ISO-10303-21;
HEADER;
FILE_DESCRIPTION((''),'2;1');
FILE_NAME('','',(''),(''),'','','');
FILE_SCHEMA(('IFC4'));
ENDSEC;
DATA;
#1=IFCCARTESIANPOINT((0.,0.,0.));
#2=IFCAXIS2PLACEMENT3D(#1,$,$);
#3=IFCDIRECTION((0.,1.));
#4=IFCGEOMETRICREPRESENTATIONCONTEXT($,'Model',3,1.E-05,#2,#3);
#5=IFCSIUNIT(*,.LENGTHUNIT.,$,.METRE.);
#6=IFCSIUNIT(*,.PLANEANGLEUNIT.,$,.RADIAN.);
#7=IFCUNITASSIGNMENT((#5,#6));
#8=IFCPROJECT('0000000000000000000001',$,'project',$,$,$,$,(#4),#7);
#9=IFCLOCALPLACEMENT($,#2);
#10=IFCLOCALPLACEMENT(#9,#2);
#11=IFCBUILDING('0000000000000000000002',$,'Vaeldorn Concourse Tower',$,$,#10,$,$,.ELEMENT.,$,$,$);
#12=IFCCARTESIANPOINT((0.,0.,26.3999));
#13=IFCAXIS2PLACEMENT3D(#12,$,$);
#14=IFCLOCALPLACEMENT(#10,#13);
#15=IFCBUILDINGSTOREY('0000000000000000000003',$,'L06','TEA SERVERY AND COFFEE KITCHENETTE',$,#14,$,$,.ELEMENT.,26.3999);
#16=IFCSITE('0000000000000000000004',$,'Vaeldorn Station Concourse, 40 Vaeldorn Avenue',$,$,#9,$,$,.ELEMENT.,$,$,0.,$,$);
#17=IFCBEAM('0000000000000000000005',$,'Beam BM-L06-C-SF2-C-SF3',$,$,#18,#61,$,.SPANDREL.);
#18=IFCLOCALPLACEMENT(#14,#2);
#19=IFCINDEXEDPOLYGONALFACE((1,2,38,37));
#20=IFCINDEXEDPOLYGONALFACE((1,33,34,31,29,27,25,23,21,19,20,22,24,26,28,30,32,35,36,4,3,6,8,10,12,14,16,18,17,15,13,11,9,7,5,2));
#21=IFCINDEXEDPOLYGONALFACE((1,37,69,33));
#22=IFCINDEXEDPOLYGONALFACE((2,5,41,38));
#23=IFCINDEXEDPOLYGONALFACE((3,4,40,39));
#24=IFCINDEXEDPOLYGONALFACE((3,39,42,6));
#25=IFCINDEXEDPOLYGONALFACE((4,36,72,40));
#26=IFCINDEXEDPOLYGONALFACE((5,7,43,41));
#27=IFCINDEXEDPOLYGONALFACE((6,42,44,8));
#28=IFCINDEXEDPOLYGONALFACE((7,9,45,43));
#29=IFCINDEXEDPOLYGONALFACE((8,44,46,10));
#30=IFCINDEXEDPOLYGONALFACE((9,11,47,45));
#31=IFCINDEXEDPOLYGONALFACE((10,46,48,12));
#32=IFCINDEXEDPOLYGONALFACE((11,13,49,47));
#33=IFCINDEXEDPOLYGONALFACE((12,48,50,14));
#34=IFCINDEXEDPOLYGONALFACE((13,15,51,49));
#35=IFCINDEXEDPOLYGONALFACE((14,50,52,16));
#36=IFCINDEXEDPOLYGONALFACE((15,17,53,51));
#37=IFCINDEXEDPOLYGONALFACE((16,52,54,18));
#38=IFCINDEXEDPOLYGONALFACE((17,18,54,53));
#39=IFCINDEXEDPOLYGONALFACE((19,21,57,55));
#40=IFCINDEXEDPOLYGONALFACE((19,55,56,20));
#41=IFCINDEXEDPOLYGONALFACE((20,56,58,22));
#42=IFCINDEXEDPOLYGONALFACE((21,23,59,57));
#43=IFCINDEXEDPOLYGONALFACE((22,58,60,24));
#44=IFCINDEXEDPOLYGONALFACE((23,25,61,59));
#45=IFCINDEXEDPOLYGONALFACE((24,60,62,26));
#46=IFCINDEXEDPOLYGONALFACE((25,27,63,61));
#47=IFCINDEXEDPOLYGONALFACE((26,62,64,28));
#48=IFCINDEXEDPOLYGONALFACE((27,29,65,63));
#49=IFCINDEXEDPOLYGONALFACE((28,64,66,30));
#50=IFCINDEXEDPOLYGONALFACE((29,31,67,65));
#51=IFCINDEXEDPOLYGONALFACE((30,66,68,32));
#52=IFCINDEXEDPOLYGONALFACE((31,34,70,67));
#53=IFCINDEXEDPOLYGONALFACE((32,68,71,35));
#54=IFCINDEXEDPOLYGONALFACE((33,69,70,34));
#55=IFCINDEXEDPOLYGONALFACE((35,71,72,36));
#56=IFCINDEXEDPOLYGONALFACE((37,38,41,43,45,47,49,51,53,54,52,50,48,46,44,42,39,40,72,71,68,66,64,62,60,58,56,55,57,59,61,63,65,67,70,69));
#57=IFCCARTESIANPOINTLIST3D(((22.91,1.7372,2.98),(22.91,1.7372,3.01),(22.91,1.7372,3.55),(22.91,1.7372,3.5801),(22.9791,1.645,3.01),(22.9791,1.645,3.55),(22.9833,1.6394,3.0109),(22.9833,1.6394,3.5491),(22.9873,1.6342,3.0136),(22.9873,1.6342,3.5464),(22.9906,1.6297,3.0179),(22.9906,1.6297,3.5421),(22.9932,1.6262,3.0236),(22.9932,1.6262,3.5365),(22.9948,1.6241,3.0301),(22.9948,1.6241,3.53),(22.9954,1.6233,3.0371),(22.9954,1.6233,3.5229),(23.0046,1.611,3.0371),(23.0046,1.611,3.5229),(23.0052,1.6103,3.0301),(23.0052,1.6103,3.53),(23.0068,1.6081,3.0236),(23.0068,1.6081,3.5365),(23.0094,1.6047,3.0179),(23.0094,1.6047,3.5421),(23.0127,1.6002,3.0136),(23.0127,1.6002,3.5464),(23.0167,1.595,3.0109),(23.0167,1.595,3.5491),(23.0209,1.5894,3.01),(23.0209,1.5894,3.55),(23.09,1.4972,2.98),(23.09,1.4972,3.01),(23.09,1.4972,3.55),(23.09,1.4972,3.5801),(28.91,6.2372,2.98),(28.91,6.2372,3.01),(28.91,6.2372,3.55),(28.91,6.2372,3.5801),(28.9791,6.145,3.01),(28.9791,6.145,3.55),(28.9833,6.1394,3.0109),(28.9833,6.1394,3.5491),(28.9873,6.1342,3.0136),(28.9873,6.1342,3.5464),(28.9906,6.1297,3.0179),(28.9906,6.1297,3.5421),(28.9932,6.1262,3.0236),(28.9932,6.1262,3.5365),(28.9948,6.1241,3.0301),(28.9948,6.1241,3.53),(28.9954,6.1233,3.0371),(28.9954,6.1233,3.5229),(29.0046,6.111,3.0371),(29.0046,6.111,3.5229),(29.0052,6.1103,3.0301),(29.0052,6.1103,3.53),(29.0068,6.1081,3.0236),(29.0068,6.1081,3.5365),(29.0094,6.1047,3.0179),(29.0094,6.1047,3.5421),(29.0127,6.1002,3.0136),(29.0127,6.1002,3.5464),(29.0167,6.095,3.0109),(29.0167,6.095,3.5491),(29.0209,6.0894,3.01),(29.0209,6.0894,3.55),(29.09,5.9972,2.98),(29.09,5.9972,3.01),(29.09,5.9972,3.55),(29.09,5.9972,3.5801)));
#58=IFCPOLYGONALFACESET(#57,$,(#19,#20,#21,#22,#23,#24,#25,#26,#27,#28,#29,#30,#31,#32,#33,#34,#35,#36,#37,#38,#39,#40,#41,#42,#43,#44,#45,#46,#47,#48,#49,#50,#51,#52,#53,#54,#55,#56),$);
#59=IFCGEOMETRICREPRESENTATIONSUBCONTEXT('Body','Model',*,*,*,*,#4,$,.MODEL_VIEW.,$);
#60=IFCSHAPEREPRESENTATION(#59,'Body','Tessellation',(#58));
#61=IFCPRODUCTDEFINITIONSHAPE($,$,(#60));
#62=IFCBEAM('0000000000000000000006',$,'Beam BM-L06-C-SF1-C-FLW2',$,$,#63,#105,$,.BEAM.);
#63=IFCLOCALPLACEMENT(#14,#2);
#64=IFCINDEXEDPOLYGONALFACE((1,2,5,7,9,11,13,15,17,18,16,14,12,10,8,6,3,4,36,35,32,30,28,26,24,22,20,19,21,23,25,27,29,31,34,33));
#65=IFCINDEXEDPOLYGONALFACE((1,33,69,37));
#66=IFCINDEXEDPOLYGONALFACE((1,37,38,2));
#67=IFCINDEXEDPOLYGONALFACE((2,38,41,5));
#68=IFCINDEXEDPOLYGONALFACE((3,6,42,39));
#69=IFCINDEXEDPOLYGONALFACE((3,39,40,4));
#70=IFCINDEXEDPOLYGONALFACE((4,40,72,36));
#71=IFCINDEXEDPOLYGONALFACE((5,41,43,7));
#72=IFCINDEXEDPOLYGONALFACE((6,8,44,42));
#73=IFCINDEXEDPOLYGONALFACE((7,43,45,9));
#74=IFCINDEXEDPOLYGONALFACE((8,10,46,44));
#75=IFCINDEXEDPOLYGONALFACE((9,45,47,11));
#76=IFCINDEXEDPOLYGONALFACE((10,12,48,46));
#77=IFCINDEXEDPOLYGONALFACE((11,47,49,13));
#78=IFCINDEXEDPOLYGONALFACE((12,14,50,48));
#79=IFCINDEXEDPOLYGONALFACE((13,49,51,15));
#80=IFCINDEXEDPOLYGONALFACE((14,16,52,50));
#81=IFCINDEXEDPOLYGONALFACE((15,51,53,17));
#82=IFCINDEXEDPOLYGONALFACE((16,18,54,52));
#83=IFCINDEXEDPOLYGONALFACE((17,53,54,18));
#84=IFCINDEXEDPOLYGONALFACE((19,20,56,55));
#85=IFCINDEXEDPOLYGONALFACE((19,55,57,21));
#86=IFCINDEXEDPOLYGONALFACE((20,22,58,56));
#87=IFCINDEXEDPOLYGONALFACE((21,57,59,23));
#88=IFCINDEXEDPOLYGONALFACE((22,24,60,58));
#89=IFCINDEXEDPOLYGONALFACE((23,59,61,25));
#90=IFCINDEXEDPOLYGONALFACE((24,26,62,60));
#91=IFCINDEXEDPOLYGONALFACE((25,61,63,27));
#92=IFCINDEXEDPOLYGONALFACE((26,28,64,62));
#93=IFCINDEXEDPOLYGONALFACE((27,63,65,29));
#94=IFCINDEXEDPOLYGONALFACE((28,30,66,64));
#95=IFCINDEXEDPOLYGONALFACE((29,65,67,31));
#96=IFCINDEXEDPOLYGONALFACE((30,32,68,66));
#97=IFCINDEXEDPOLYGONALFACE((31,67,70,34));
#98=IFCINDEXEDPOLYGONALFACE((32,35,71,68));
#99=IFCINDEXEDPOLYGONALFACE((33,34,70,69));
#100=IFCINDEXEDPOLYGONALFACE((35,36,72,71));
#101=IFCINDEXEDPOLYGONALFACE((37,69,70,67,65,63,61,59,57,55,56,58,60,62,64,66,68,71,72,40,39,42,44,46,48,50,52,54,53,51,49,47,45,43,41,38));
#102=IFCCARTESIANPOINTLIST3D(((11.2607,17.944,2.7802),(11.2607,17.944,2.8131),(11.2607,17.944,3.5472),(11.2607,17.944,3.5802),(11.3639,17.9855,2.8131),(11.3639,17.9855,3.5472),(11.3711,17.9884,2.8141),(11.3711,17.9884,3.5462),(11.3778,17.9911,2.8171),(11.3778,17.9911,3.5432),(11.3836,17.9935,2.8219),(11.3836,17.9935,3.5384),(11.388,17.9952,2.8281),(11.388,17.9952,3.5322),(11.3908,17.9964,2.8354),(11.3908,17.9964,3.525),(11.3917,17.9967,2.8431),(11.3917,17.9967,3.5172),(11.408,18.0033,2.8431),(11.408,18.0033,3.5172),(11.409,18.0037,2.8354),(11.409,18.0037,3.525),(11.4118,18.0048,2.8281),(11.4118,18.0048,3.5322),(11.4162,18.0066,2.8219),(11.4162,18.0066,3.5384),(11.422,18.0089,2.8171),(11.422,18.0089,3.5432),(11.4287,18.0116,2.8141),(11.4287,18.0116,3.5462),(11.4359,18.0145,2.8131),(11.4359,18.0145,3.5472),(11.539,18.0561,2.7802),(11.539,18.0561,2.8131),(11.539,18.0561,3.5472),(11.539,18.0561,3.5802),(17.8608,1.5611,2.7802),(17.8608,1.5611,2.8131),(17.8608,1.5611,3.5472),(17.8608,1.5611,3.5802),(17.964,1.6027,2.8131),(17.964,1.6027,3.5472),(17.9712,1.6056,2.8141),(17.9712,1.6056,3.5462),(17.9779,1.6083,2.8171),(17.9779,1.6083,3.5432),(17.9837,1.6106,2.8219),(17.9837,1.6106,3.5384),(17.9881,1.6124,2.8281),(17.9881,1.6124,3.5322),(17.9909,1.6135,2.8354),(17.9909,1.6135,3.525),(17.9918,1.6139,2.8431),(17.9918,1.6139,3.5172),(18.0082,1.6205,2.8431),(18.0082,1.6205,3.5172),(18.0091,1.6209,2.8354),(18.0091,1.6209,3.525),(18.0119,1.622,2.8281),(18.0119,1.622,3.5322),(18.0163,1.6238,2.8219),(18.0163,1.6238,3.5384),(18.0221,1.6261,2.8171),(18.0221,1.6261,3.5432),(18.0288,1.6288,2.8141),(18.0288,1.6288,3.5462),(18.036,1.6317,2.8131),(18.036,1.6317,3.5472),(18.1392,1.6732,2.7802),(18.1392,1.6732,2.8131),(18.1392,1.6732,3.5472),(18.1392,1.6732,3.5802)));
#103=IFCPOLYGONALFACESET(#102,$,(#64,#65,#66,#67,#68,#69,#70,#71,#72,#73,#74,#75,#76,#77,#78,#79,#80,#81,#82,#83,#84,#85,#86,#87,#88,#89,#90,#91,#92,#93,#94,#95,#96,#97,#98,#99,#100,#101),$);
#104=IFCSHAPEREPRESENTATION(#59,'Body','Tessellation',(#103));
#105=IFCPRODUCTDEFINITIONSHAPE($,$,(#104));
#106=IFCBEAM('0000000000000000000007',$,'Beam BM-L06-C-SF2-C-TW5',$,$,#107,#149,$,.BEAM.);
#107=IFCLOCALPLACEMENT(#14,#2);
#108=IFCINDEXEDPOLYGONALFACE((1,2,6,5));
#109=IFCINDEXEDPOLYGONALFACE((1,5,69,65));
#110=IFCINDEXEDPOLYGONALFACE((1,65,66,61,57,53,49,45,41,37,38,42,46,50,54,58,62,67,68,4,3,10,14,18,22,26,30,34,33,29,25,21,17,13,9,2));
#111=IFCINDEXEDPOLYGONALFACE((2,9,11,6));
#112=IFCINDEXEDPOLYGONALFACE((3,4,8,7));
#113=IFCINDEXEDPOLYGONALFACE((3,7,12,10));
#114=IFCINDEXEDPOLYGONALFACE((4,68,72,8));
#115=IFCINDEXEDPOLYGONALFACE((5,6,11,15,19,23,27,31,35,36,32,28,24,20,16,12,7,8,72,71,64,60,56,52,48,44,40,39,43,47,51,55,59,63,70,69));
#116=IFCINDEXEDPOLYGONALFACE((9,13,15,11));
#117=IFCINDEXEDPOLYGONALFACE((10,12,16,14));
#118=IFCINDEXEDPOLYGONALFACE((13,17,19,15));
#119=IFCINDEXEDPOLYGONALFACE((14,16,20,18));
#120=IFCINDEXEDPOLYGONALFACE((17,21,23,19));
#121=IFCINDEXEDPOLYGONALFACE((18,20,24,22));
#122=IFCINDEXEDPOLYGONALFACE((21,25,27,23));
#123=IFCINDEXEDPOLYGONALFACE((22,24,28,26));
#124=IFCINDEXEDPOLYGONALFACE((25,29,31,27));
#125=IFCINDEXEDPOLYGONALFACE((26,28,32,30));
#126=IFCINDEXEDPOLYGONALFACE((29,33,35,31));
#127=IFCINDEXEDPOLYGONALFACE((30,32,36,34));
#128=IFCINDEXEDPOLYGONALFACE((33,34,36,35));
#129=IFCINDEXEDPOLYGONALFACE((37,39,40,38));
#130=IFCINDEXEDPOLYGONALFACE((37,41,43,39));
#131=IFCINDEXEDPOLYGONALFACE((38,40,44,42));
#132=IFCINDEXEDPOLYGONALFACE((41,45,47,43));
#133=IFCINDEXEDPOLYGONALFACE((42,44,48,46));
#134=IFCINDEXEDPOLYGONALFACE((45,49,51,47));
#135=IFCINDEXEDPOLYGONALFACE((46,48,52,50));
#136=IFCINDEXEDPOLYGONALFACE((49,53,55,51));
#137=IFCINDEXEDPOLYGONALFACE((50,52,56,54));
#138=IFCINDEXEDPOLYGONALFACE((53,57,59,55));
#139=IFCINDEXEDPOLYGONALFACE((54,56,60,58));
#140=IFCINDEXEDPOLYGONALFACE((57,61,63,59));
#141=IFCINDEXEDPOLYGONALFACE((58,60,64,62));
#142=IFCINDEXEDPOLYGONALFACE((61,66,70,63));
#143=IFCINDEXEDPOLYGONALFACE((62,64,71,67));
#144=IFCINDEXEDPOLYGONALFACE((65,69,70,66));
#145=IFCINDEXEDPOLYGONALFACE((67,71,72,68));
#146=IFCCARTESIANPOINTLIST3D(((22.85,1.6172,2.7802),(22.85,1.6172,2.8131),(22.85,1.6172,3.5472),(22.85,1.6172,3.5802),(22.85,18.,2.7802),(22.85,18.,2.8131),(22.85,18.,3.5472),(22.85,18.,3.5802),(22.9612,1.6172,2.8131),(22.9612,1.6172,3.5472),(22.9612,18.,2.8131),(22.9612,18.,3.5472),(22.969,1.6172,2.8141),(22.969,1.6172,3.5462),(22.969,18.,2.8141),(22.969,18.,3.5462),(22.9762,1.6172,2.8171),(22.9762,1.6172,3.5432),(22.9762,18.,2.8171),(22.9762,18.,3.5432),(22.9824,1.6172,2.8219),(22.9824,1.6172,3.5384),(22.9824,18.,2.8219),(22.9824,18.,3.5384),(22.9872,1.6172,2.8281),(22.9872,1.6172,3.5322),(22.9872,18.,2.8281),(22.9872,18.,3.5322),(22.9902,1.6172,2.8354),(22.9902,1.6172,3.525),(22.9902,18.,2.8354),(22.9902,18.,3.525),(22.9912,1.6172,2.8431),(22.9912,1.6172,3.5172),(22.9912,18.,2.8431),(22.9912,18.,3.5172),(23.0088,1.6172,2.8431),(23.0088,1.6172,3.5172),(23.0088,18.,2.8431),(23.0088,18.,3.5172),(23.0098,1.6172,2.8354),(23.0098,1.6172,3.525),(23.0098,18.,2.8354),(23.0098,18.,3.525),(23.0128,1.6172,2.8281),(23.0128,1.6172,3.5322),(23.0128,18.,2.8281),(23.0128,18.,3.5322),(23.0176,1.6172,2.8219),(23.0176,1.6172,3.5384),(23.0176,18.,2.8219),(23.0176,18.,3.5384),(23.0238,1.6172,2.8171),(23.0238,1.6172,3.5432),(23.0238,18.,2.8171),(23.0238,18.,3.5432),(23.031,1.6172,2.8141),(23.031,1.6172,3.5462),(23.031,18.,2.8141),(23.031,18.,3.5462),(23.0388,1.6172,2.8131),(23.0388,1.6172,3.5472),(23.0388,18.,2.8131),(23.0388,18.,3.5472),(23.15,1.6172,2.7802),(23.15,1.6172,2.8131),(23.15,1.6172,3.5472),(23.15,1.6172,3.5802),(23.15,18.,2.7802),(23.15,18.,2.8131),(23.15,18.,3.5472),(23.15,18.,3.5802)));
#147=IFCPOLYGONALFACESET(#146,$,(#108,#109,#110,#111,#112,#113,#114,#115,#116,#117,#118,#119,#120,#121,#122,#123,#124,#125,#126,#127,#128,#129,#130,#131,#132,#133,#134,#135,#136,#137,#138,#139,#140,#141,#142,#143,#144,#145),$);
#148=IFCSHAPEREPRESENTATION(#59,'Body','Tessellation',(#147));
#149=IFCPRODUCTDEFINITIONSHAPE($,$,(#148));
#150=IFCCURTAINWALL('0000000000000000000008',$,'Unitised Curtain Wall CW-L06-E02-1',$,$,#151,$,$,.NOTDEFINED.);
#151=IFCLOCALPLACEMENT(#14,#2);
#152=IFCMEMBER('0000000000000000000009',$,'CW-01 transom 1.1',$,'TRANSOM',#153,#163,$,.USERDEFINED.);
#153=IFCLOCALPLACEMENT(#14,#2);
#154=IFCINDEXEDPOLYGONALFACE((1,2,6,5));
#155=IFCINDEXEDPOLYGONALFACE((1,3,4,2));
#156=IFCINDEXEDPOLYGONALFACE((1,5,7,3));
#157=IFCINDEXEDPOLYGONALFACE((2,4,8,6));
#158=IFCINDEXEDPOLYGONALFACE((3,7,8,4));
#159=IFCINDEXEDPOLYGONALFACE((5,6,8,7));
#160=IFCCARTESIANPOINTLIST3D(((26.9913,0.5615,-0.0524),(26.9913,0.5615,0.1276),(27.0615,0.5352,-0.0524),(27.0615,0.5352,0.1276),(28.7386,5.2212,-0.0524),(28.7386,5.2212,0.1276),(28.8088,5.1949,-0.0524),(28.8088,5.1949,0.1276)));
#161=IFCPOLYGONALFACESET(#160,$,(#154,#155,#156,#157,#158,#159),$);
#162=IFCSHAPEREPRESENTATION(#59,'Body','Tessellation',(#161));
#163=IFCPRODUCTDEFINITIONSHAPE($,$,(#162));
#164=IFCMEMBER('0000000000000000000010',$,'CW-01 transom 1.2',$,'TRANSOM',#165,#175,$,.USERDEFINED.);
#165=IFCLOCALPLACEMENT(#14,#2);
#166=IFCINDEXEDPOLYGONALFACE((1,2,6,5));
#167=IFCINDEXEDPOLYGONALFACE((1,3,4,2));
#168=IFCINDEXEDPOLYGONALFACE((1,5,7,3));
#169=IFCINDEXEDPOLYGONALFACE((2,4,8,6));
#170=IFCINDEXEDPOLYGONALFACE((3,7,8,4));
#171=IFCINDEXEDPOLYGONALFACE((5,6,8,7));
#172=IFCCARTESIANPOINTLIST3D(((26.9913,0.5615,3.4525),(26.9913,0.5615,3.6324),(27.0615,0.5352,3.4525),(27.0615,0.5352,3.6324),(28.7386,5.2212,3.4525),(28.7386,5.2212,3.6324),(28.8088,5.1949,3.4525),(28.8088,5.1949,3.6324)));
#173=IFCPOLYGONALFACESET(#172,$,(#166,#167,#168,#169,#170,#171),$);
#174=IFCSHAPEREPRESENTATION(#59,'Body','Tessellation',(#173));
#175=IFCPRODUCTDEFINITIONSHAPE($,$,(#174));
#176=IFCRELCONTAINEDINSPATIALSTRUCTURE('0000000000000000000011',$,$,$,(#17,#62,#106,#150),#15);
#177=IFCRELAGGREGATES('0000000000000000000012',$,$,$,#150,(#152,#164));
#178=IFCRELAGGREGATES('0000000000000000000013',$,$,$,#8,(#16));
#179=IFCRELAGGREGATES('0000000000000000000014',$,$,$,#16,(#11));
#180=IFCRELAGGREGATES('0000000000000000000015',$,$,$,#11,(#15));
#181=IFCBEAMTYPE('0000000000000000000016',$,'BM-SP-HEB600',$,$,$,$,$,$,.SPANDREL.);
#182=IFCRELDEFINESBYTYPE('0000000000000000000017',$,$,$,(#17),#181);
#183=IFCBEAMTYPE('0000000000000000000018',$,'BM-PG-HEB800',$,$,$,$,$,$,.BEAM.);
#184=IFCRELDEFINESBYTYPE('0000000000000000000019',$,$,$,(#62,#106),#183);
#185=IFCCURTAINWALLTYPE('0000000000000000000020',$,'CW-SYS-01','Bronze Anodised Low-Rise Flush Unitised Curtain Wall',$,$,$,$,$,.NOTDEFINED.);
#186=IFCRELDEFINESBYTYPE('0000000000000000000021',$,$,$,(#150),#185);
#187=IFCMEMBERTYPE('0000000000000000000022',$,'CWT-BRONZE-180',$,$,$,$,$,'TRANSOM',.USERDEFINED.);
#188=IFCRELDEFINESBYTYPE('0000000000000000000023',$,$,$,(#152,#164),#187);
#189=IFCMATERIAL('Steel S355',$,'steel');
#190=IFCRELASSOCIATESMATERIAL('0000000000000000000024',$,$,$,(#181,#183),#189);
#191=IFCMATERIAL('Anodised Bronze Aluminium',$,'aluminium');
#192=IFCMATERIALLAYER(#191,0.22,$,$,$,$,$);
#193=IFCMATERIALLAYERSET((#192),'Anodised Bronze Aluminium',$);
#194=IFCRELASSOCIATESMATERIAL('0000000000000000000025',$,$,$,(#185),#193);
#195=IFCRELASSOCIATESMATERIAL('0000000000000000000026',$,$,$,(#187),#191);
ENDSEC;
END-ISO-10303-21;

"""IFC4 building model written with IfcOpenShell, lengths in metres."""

from ifc_helpers import new_model, si_unit, direction, frame, origin, origin_2d, place, context, subcontext, project, spatial, rectangle, i_section, extrude, source, transform, mapped, material, layer, layer_set, material_profile, profile_set, type_object, element, aggregate, save


model = new_model("IFC4")

# Units and contexts
model_context = context("Model", 3, precision=1e-05, world=origin(), true_north=direction((0.0, 1.0)))
body_context = subcontext(model_context, "Body", "Model", "MODEL_VIEW")
ifc_project = project(units=[si_unit("LENGTHUNIT", "METRE"), si_unit("PLANEANGLEUNIT", "RADIAN")], contexts=[model_context])

# Site, building, storey
site_placement = place(None, origin())
site = spatial("IfcSite", under=ifc_project, at=site_placement, Name="Vaeldorn Station Concourse, 40 Vaeldorn Avenue", CompositionType="ELEMENT", RefElevation=0.0)
building_placement = place(site_placement, origin())
building = spatial("IfcBuilding", under=site, at=building_placement, Name="Vaeldorn Concourse Tower", CompositionType="ELEMENT")
storey_placement = place(building_placement, frame((0.0, 0.0, 26.3999)))
storey = spatial("IfcBuildingStorey", under=building, at=storey_placement, Name="L06", Description="TEA SERVERY AND COFFEE KITCHENETTE", CompositionType="ELEMENT", Elevation=26.3999)

# Beams
ifc_material_1 = material(Name="Steel S355", Category="steel")
ifc_material_profile_1 = material_profile(ifc_material_1, i_section(OverallWidth=0.3, OverallDepth=0.6001, WebThickness=0.0154, FlangeThickness=0.03, FilletRadius=0.0271, at=origin_2d()), Name="HEB 600")
ifc_profile_set_1 = profile_set([ifc_material_profile_1], Name="Steel S355")
beam_type_1 = type_object("IfcBeamType", Name="BM-SP-HEB600", PredefinedType="SPANDREL", material=ifc_profile_set_1)
shared_shape_1 = source(origin(), body_context, "Body", "SweptSolid", [
    extrude(i_section(OverallWidth=0.3, OverallDepth=0.6001, WebThickness=0.0154, FlangeThickness=0.03, FilletRadius=0.0271, at=origin_2d()), origin(), (0.0, 0.0, 1.0), 7.5),
])
beam_1_placement = place(storey_placement, frame((23.0, 1.6172, 3.28), z_axis=(0.8, 0.6, 0.0), x_axis=(-0.6, 0.8, 0.0)))
element("IfcBeam", 1, at=beam_1_placement, inside=storey, type_object=beam_type_1, Name="Beam BM-L06-C-SF2-C-SF3", PredefinedType="SPANDREL", context=body_context, shape_type="MappedRepresentation", body=[
    mapped(shared_shape_1, transform((0.0, 0.0, 0.0), scale=1.0)),
])
ifc_material_profile_2 = material_profile(ifc_material_1, i_section(OverallWidth=0.3, OverallDepth=0.8, WebThickness=0.0176, FlangeThickness=0.033, FilletRadius=0.03, at=origin_2d()), Name="HEB 800")
ifc_profile_set_2 = profile_set([ifc_material_profile_2], Name="Steel S355")
beam_type_2 = type_object("IfcBeamType", Name="BM-PG-HEB800", PredefinedType="BEAM", material=ifc_profile_set_2)
shared_shape_2 = source(origin(), body_context, "Body", "SweptSolid", [
    extrude(i_section(OverallWidth=0.3, OverallDepth=0.8, WebThickness=0.0176, FlangeThickness=0.033, FilletRadius=0.03, at=origin_2d()), origin(), (0.0, 0.0, 1.0), 17.6624),
])
beam_2_placement = place(storey_placement, frame((18.0, 1.6172, 3.1802), z_axis=(-0.373682, 0.927557, 0.0), x_axis=(-0.927557, -0.373682, 0.0)))
element("IfcBeam", 2, at=beam_2_placement, inside=storey, type_object=beam_type_2, Name="Beam BM-L06-C-SF1-C-FLW2", PredefinedType="BEAM", context=body_context, shape_type="MappedRepresentation", body=[
    mapped(shared_shape_2, transform((0.0, 0.0, 0.0), scale=1.0)),
])
shared_shape_3 = source(origin(), body_context, "Body", "SweptSolid", [
    extrude(i_section(OverallWidth=0.3, OverallDepth=0.8, WebThickness=0.0176, FlangeThickness=0.033, FilletRadius=0.03, at=origin_2d()), origin(), (0.0, 0.0, 1.0), 16.3828),
])
beam_3_placement = place(storey_placement, frame((23.0, 1.6172, 3.1802), z_axis=(0.0, 1.0, 0.0), x_axis=(-1.0, 0.0, 0.0)))
element("IfcBeam", 3, at=beam_3_placement, inside=storey, type_object=beam_type_2, Name="Beam BM-L06-C-SF2-C-TW5", PredefinedType="BEAM", context=body_context, shape_type="MappedRepresentation", body=[
    mapped(shared_shape_3, transform((0.0, 0.0, 0.0), scale=1.0)),
])

# Curtain wall, members
ifc_material_2 = material(Name="Anodised Bronze Aluminium", Category="aluminium")
ifc_layer_1 = layer(ifc_material_2, 0.22)
ifc_layer_set_1 = layer_set([ifc_layer_1], Name="Anodised Bronze Aluminium")
curtain_wall_type = type_object("IfcCurtainWallType", Name="CW-SYS-01", Description="Bronze Anodised Low-Rise Flush Unitised Curtain Wall", PredefinedType="NOTDEFINED", material=ifc_layer_set_1)
curtain_wall_1_placement = place(storey_placement, origin())
curtain_wall_1 = element("IfcCurtainWall", 4, at=curtain_wall_1_placement, inside=storey, type_object=curtain_wall_type, Name="Unitised Curtain Wall CW-L06-E02-1", PredefinedType="NOTDEFINED")
ifc_material_profile_3 = material_profile(ifc_material_2, rectangle(XDim=0.075, YDim=0.1799, at=origin_2d()), Name="CWT 75x180")
ifc_profile_set_3 = profile_set([ifc_material_profile_3], Name="Anodised Bronze Aluminium")
member_type_1 = type_object("IfcMemberType", Name="CWT-BRONZE-180", ElementType="TRANSOM", PredefinedType="USERDEFINED", material=ifc_profile_set_3)
shared_shape_4 = source(origin(), body_context, "Body", "SweptSolid", [
    extrude(rectangle(XDim=0.075, YDim=0.1799, at=origin_2d()), origin(), (0.0, 0.0, 1.0), 4.9766),
])
member_1_placement = place(storey_placement, frame((27.0264, 0.5483, 0.0376), z_axis=(0.351113, 0.936333, 0.0), x_axis=(-0.936333, 0.351113, 0.0)))
member_1 = element("IfcMember", 5, at=member_1_placement, type_object=member_type_1, Name="CW-01 transom 1.1", ObjectType="TRANSOM", PredefinedType="USERDEFINED", context=body_context, shape_type="MappedRepresentation", body=[
    mapped(shared_shape_4, transform((0.0, 0.0, 0.0), scale=1.0)),
])
member_2_placement = place(storey_placement, frame((27.0264, 0.5483, 3.5425), z_axis=(0.351113, 0.936333, 0.0), x_axis=(-0.936333, 0.351113, 0.0)))
member_2 = element("IfcMember", 6, at=member_2_placement, type_object=member_type_1, Name="CW-01 transom 1.2", ObjectType="TRANSOM", PredefinedType="USERDEFINED", context=body_context, shape_type="MappedRepresentation", body=[
    mapped(shared_shape_4, transform((0.0, 0.0, 0.0), scale=1.0)),
])

aggregate(curtain_wall_1, [member_1, member_2])

save(model, "model.ifc")
